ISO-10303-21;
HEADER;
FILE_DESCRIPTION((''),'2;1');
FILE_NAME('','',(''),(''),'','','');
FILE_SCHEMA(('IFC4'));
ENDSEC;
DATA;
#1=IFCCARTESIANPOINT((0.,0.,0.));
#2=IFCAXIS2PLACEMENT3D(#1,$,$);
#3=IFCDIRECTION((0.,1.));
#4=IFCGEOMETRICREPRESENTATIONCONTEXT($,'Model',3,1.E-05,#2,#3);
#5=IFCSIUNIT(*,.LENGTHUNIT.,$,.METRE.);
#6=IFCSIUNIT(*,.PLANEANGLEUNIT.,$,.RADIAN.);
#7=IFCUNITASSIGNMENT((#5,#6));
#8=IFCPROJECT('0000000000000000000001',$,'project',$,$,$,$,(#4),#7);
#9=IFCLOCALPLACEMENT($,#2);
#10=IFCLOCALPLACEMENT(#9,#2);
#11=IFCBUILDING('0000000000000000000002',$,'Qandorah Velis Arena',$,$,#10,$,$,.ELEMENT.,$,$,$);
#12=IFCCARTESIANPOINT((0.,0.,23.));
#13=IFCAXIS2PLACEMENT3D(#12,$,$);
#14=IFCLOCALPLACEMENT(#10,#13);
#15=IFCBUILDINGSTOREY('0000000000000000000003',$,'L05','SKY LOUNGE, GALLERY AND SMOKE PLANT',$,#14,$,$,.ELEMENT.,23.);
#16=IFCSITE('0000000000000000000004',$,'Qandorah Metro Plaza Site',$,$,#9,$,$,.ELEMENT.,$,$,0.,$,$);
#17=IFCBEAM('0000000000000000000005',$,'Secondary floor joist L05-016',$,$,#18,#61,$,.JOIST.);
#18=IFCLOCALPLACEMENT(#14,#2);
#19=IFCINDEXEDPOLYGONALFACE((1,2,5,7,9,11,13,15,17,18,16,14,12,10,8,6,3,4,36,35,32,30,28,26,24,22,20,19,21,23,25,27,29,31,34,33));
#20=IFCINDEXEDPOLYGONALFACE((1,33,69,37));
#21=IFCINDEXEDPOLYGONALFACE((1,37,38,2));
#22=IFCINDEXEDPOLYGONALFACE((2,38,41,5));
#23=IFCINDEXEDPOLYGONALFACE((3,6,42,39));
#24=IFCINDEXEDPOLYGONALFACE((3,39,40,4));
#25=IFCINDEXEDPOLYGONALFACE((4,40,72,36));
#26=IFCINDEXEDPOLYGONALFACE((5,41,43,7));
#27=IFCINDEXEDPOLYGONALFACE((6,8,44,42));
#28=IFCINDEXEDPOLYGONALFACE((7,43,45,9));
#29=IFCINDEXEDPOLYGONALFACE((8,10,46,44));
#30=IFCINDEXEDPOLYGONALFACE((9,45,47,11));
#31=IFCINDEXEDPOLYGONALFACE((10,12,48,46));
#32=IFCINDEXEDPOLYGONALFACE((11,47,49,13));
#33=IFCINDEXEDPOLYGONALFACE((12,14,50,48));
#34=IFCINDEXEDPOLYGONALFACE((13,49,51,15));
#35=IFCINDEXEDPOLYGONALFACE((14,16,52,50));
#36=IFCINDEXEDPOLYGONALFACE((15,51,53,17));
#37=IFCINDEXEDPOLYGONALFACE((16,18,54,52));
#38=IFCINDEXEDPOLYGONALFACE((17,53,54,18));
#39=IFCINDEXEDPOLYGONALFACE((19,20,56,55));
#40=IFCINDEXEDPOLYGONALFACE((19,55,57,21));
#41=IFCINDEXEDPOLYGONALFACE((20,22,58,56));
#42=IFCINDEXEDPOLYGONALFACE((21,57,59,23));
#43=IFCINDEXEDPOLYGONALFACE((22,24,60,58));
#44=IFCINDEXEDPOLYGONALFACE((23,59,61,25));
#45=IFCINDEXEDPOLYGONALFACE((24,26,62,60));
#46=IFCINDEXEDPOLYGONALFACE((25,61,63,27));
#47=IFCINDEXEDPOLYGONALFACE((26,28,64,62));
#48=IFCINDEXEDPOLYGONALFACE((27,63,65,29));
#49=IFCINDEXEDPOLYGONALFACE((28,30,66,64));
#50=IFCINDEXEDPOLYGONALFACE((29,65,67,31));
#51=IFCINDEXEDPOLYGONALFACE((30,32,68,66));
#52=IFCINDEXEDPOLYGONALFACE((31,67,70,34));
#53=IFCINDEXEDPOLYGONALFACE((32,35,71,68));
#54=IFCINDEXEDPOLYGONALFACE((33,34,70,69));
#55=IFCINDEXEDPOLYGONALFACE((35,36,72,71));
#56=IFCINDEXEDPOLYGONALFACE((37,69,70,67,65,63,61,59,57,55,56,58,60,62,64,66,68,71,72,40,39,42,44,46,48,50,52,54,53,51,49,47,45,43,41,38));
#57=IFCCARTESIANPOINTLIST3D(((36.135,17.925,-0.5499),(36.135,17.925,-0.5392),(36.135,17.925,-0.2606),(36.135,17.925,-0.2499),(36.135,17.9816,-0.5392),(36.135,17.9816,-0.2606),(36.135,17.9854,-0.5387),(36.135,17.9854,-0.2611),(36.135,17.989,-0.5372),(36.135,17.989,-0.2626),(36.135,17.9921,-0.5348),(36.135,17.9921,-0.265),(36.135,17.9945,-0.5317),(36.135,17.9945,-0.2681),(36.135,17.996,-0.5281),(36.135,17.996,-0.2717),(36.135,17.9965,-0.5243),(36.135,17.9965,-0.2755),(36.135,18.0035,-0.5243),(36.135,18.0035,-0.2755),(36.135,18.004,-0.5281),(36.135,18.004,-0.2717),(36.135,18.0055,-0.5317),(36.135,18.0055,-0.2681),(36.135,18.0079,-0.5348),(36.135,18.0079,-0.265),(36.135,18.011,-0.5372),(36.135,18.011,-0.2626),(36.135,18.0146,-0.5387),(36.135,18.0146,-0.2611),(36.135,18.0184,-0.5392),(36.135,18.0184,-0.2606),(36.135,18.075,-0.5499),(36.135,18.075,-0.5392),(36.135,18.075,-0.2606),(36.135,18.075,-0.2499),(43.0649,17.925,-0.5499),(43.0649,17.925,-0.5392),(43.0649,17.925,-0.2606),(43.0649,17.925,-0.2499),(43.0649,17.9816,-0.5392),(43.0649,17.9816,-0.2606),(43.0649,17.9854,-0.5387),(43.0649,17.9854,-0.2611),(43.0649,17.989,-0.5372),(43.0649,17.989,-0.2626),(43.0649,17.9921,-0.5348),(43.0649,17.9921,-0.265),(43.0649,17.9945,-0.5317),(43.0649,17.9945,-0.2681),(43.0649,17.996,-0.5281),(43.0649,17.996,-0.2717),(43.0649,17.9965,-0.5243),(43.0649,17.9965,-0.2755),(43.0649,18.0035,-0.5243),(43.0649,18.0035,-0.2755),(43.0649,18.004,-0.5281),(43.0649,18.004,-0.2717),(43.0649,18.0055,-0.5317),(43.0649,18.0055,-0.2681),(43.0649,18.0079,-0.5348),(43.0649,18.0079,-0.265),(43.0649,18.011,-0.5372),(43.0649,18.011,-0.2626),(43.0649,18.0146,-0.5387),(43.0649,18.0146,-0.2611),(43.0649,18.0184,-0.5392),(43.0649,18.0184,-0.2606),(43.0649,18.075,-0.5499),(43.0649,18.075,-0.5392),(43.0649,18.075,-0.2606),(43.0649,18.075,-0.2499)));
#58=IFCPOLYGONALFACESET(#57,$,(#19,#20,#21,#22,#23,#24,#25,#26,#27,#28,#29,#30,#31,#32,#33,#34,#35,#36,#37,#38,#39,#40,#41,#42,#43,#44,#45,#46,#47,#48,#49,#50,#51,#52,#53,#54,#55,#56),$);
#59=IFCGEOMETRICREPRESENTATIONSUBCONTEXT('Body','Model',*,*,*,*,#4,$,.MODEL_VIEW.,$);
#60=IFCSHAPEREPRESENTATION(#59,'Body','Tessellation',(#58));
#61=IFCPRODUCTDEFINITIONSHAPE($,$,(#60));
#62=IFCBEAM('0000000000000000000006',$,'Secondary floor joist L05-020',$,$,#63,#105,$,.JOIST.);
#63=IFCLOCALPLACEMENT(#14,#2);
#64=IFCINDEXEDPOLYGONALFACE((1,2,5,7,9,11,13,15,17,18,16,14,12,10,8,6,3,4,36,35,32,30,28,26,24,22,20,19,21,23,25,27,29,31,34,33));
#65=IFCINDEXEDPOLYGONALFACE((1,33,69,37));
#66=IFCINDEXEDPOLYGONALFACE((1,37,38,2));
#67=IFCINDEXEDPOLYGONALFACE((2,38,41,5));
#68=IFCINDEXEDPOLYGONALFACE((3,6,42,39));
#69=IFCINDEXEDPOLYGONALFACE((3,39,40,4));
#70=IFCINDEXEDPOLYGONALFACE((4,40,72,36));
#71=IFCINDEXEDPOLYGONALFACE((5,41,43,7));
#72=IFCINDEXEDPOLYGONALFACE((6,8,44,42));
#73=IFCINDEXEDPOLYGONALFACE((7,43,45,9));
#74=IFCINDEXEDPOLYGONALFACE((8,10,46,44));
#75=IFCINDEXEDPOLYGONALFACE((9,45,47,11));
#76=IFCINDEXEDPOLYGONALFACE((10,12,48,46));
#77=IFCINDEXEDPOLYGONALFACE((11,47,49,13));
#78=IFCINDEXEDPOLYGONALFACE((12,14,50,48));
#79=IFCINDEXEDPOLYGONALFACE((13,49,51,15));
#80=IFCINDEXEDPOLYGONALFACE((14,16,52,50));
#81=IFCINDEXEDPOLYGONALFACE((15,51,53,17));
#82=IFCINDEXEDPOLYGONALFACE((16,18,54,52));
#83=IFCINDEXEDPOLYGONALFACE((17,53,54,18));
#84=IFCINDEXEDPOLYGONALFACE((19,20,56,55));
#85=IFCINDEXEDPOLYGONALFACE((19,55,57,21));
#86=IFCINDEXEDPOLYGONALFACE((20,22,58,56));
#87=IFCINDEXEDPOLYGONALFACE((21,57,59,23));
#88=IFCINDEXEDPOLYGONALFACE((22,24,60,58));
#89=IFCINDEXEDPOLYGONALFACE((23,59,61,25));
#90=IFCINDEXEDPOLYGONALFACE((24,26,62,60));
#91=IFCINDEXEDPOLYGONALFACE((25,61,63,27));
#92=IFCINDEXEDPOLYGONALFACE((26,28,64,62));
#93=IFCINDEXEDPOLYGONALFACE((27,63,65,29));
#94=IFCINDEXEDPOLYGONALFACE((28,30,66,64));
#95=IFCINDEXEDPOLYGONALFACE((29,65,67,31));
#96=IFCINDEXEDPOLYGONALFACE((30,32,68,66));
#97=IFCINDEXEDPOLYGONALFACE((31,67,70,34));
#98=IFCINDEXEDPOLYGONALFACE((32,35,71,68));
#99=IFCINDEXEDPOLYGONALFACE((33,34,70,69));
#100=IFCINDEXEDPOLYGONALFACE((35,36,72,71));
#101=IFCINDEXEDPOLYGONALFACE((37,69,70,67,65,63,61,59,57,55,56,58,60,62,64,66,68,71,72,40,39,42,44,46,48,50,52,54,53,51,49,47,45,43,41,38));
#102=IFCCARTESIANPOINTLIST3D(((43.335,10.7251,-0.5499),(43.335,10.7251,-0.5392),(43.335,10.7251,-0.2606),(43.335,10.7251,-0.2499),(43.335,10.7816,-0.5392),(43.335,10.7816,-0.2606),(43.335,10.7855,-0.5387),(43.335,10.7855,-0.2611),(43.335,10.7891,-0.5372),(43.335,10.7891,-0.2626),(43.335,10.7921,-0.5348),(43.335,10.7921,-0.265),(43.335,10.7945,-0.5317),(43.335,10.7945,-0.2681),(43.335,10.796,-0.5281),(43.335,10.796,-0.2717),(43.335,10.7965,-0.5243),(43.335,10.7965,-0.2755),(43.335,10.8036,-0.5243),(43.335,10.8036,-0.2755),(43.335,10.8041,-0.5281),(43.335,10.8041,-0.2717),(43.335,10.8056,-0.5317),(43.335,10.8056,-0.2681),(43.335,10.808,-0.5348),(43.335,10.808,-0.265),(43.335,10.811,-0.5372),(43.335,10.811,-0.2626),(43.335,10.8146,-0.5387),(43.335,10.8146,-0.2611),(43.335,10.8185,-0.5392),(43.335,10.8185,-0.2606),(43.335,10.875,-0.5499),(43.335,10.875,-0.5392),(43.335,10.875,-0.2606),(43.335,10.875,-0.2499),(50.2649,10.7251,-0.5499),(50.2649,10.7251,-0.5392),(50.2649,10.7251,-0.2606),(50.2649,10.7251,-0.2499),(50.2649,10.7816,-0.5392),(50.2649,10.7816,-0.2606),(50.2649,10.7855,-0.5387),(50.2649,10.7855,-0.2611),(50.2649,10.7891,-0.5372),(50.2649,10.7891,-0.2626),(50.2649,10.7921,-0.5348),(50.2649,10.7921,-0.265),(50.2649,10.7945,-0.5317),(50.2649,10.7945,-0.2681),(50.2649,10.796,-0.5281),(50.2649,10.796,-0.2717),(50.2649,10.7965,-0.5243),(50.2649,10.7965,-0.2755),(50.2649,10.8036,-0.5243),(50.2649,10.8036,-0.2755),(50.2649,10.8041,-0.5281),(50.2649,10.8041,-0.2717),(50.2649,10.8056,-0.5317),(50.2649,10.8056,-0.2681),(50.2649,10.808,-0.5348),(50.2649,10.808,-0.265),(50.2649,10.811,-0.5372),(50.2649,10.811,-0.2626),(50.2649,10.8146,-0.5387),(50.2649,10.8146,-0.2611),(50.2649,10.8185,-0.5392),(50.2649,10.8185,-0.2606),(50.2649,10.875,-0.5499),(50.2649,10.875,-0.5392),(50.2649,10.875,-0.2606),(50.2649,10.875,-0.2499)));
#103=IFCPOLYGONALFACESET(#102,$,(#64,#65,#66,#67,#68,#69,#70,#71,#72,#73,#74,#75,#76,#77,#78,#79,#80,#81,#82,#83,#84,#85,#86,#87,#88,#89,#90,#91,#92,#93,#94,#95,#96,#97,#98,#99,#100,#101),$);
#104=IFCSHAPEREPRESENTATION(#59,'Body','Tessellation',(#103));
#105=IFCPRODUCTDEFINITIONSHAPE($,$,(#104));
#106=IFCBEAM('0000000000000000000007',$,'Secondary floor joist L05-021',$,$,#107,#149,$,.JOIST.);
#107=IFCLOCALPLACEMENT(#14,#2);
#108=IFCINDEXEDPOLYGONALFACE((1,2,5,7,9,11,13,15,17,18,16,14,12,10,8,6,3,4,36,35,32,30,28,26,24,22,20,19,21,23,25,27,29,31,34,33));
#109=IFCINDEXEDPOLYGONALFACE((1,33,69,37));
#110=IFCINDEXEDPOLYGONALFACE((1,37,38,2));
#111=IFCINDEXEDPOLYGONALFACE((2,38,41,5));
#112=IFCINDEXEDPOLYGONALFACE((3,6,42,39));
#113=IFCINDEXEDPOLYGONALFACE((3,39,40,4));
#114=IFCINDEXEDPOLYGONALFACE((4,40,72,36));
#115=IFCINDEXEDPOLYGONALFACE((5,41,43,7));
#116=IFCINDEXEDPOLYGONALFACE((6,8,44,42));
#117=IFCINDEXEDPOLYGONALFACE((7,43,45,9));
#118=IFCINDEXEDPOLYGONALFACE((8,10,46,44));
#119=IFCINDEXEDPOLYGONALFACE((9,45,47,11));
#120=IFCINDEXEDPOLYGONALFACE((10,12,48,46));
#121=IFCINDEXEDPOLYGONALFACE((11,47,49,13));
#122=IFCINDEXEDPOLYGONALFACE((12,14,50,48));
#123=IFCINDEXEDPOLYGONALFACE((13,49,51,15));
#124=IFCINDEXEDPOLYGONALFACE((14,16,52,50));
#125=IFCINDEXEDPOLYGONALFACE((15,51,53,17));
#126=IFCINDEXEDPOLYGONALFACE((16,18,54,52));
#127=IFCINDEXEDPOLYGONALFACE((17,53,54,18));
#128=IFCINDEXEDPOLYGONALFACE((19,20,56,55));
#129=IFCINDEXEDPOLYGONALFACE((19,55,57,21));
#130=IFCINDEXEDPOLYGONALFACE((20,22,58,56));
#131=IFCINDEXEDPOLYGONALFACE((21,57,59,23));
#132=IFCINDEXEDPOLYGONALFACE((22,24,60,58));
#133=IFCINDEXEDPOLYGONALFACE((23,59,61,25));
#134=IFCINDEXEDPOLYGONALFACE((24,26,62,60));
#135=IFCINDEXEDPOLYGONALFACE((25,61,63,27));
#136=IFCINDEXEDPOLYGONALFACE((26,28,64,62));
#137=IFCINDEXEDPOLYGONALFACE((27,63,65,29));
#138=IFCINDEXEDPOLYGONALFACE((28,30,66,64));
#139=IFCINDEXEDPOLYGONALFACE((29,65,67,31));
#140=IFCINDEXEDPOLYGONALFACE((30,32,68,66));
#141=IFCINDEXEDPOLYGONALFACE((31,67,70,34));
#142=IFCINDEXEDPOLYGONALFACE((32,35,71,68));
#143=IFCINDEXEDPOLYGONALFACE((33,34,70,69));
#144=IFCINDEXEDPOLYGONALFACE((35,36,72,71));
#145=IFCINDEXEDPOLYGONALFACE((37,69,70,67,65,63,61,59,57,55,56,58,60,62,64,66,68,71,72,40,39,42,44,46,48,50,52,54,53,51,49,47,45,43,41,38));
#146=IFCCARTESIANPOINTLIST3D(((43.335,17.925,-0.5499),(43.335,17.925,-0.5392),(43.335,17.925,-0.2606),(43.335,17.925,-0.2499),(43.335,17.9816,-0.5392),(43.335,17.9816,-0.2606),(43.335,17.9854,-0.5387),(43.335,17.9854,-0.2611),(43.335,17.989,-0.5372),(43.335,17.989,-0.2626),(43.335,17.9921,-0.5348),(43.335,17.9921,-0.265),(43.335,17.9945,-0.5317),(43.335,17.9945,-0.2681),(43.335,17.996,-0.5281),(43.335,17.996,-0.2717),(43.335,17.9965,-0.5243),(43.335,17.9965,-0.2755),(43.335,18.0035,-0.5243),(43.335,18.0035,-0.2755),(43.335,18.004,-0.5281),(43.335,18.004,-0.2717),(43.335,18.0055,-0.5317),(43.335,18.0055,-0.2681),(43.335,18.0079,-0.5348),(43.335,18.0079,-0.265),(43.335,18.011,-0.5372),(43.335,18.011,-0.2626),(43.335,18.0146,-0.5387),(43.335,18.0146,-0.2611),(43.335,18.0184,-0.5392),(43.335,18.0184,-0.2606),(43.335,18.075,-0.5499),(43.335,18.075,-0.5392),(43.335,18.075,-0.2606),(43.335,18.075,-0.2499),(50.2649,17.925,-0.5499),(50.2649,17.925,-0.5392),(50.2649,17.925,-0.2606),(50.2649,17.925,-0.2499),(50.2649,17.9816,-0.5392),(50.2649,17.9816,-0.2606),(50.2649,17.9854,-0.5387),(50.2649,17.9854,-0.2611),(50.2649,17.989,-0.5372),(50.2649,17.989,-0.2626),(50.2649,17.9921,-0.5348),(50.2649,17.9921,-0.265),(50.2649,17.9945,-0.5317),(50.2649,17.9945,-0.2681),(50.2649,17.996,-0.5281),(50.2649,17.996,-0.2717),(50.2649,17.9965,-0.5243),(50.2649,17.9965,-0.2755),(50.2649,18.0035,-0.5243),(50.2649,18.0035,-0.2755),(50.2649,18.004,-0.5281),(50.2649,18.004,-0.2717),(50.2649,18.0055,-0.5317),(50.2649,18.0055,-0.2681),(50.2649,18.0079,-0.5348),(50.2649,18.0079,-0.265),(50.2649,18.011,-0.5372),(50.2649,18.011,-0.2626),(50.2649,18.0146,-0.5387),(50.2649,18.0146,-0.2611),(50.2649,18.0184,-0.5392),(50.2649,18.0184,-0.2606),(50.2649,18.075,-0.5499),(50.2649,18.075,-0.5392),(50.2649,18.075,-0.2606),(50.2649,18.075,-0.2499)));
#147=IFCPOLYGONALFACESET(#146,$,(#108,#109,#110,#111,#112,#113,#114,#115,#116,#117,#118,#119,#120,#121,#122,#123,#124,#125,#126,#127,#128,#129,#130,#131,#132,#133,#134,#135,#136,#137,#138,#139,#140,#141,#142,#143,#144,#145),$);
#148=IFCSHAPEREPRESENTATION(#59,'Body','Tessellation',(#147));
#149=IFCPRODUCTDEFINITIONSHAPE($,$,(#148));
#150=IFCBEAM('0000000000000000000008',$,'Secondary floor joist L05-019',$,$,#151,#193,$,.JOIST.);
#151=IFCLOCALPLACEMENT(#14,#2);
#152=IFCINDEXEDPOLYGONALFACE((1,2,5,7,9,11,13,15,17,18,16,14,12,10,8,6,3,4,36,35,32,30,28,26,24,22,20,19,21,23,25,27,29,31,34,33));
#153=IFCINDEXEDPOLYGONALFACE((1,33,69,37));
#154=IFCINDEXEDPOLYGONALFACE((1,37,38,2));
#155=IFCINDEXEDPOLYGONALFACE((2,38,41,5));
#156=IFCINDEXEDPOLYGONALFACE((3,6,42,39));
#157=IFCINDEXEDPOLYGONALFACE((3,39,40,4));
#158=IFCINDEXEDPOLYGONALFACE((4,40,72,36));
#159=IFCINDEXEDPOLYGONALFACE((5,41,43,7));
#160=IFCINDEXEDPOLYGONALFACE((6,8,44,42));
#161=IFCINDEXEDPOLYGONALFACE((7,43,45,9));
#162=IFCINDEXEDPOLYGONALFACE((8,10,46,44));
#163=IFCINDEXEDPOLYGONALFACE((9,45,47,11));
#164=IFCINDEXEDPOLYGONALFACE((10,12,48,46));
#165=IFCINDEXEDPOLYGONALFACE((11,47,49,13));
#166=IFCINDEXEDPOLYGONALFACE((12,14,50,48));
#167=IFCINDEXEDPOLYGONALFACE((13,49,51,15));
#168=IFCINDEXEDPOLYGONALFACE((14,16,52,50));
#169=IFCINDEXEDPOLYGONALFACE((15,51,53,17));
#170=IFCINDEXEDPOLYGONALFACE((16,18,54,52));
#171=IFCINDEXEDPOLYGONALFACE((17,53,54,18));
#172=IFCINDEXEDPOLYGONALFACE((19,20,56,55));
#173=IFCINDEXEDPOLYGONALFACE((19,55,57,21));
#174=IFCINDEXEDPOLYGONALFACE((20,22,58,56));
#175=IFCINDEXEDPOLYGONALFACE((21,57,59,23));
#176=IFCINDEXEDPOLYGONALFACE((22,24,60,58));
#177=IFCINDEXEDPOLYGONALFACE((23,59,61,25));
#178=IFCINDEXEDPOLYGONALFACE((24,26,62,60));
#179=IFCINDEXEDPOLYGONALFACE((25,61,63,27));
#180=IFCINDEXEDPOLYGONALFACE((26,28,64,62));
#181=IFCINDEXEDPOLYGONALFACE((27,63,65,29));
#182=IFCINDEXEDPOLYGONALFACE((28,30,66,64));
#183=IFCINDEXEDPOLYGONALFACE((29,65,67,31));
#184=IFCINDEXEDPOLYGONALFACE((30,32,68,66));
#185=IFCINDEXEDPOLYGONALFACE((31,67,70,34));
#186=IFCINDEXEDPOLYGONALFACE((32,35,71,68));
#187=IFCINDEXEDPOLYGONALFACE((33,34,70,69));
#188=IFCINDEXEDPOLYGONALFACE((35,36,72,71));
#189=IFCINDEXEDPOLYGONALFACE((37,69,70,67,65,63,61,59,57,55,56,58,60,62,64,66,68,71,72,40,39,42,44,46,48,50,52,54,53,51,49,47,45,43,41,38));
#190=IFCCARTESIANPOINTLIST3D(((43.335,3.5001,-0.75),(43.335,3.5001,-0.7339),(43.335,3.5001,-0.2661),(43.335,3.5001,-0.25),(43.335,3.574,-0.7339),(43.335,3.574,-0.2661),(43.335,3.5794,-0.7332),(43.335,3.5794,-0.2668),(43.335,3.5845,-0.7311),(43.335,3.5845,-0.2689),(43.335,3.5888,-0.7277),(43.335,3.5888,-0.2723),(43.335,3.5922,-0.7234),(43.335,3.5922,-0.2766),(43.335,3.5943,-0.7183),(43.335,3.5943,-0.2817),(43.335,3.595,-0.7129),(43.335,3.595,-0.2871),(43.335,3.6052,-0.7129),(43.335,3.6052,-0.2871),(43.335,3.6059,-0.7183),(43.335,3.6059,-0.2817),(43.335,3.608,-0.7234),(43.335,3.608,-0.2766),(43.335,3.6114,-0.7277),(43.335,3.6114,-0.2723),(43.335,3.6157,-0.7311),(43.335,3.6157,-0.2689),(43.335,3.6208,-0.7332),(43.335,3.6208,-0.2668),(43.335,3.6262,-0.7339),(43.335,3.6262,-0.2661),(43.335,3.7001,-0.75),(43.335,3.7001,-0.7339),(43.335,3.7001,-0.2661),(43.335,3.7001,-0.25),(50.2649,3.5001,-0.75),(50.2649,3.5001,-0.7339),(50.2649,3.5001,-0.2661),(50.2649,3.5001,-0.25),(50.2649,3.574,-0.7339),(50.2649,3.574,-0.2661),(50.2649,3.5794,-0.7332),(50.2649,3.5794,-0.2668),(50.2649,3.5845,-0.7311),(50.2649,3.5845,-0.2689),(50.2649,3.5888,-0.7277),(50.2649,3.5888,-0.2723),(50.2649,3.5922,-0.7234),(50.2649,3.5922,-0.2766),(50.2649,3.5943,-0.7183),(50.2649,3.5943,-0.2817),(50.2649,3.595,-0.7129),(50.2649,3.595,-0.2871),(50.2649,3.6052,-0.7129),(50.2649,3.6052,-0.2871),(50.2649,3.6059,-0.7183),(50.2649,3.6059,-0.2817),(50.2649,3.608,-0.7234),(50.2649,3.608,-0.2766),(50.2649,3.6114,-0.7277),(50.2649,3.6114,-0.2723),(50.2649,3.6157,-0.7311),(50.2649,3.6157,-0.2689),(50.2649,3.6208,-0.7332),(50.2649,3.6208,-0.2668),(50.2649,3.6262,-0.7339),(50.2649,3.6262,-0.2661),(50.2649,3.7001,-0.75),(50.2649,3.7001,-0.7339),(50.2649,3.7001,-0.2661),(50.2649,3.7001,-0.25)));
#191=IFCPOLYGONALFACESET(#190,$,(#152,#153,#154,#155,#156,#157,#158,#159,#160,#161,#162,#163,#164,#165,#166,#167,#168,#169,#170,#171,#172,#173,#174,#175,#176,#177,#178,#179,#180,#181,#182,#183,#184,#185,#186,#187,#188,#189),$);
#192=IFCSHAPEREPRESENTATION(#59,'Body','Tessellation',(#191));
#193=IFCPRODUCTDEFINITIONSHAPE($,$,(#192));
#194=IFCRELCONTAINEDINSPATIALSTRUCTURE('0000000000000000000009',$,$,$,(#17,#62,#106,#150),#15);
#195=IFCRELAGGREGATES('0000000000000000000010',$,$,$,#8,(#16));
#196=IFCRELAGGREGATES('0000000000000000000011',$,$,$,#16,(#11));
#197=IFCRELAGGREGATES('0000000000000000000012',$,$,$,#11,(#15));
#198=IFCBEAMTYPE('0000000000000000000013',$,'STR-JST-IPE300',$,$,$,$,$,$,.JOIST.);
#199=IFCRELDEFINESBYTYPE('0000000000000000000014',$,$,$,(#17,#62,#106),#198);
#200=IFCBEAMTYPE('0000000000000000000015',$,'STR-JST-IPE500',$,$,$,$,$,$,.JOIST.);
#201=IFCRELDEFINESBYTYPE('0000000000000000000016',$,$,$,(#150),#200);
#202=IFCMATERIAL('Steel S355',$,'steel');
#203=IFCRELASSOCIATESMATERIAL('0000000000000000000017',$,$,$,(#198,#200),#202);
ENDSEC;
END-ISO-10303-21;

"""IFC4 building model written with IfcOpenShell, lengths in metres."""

from ifc_helpers import new_model, si_unit, direction, frame, origin, origin_2d, place, context, subcontext, project, spatial, i_section, extrude, material, material_profile, profile_set, type_object, element, save


model = new_model("IFC4")

# Units and contexts
model_context = context("Model", 3, precision=1e-05, world=origin(), true_north=direction((0.0, 1.0)))
body_context = subcontext(model_context, "Body", "Model", "MODEL_VIEW")
ifc_project = project(units=[si_unit("LENGTHUNIT", "METRE"), si_unit("PLANEANGLEUNIT", "RADIAN")], contexts=[model_context])

# Site, building, storey
site_placement = place(None, origin())
site = spatial("IfcSite", under=ifc_project, at=site_placement, Name="Qandorah Metro Plaza Site", CompositionType="ELEMENT", RefElevation=0.0)
building_placement = place(site_placement, origin())
building = spatial("IfcBuilding", under=site, at=building_placement, Name="Qandorah Velis Arena", CompositionType="ELEMENT")
storey_placement = place(building_placement, frame((0.0, 0.0, 23.0)))
storey = spatial("IfcBuildingStorey", under=building, at=storey_placement, Name="L05", Description="SKY LOUNGE, GALLERY AND SMOKE PLANT", CompositionType="ELEMENT", Elevation=23.0)

# Beams
ifc_material_1 = material(Name="Steel S355", Category="steel")
ifc_material_profile_1 = material_profile(ifc_material_1, i_section(OverallWidth=0.1499, OverallDepth=0.3, WebThickness=0.0071, FlangeThickness=0.0107, FilletRadius=0.0149, at=origin_2d()), Name="IPE 300")
ifc_profile_set_1 = profile_set([ifc_material_profile_1], Name="Steel S355")
beam_type_1 = type_object("IfcBeamType", Name="STR-JST-IPE300", PredefinedType="JOIST", material=ifc_profile_set_1)
for number, where, z_axis, x_axis, name in (
    (1, (36.135, 18.0, -0.3999), (1.0, 0.0, 0.0), (0.0, 1.0, 0.0), "Secondary floor joist L05-016"),
    (2, (43.335, 10.8, -0.3999), (1.0, 0.0, 0.0), (0.0, 1.0, 0.0), "Secondary floor joist L05-020"),
    (3, (43.335, 18.0, -0.3999), (1.0, 0.0, 0.0), (0.0, 1.0, 0.0), "Secondary floor joist L05-021"),
):
    element("IfcBeam", number, at=place(storey_placement, frame(where, z_axis=z_axis, x_axis=x_axis)), inside=storey, type_object=beam_type_1, Name=name, PredefinedType="JOIST", context=body_context, shape_type="SweptSolid", body=[
        extrude(i_section(OverallWidth=0.1499, OverallDepth=0.3, WebThickness=0.0071, FlangeThickness=0.0107, FilletRadius=0.0149, at=origin_2d()), origin(), (0.0, 0.0, 1.0), 6.9299),
    ])
ifc_material_profile_2 = material_profile(ifc_material_1, i_section(OverallWidth=0.2, OverallDepth=0.5, WebThickness=0.0103, FlangeThickness=0.0161, FilletRadius=0.021, at=origin_2d()), Name="IPE 500")
ifc_profile_set_2 = profile_set([ifc_material_profile_2], Name="Steel S355")
beam_type_2 = type_object("IfcBeamType", Name="STR-JST-IPE500", PredefinedType="JOIST", material=ifc_profile_set_2)
beam_1_placement = place(storey_placement, frame((43.335, 3.6001, -0.5), z_axis=(1.0, 0.0, 0.0), x_axis=(0.0, 1.0, 0.0)))
element("IfcBeam", 4, at=beam_1_placement, inside=storey, type_object=beam_type_2, Name="Secondary floor joist L05-019", PredefinedType="JOIST", context=body_context, shape_type="SweptSolid", body=[
    extrude(i_section(OverallWidth=0.2, OverallDepth=0.5, WebThickness=0.0103, FlangeThickness=0.0161, FilletRadius=0.021, at=origin_2d()), origin(), (0.0, 0.0, 1.0), 6.9299),
])

save(model, "model.ifc")
